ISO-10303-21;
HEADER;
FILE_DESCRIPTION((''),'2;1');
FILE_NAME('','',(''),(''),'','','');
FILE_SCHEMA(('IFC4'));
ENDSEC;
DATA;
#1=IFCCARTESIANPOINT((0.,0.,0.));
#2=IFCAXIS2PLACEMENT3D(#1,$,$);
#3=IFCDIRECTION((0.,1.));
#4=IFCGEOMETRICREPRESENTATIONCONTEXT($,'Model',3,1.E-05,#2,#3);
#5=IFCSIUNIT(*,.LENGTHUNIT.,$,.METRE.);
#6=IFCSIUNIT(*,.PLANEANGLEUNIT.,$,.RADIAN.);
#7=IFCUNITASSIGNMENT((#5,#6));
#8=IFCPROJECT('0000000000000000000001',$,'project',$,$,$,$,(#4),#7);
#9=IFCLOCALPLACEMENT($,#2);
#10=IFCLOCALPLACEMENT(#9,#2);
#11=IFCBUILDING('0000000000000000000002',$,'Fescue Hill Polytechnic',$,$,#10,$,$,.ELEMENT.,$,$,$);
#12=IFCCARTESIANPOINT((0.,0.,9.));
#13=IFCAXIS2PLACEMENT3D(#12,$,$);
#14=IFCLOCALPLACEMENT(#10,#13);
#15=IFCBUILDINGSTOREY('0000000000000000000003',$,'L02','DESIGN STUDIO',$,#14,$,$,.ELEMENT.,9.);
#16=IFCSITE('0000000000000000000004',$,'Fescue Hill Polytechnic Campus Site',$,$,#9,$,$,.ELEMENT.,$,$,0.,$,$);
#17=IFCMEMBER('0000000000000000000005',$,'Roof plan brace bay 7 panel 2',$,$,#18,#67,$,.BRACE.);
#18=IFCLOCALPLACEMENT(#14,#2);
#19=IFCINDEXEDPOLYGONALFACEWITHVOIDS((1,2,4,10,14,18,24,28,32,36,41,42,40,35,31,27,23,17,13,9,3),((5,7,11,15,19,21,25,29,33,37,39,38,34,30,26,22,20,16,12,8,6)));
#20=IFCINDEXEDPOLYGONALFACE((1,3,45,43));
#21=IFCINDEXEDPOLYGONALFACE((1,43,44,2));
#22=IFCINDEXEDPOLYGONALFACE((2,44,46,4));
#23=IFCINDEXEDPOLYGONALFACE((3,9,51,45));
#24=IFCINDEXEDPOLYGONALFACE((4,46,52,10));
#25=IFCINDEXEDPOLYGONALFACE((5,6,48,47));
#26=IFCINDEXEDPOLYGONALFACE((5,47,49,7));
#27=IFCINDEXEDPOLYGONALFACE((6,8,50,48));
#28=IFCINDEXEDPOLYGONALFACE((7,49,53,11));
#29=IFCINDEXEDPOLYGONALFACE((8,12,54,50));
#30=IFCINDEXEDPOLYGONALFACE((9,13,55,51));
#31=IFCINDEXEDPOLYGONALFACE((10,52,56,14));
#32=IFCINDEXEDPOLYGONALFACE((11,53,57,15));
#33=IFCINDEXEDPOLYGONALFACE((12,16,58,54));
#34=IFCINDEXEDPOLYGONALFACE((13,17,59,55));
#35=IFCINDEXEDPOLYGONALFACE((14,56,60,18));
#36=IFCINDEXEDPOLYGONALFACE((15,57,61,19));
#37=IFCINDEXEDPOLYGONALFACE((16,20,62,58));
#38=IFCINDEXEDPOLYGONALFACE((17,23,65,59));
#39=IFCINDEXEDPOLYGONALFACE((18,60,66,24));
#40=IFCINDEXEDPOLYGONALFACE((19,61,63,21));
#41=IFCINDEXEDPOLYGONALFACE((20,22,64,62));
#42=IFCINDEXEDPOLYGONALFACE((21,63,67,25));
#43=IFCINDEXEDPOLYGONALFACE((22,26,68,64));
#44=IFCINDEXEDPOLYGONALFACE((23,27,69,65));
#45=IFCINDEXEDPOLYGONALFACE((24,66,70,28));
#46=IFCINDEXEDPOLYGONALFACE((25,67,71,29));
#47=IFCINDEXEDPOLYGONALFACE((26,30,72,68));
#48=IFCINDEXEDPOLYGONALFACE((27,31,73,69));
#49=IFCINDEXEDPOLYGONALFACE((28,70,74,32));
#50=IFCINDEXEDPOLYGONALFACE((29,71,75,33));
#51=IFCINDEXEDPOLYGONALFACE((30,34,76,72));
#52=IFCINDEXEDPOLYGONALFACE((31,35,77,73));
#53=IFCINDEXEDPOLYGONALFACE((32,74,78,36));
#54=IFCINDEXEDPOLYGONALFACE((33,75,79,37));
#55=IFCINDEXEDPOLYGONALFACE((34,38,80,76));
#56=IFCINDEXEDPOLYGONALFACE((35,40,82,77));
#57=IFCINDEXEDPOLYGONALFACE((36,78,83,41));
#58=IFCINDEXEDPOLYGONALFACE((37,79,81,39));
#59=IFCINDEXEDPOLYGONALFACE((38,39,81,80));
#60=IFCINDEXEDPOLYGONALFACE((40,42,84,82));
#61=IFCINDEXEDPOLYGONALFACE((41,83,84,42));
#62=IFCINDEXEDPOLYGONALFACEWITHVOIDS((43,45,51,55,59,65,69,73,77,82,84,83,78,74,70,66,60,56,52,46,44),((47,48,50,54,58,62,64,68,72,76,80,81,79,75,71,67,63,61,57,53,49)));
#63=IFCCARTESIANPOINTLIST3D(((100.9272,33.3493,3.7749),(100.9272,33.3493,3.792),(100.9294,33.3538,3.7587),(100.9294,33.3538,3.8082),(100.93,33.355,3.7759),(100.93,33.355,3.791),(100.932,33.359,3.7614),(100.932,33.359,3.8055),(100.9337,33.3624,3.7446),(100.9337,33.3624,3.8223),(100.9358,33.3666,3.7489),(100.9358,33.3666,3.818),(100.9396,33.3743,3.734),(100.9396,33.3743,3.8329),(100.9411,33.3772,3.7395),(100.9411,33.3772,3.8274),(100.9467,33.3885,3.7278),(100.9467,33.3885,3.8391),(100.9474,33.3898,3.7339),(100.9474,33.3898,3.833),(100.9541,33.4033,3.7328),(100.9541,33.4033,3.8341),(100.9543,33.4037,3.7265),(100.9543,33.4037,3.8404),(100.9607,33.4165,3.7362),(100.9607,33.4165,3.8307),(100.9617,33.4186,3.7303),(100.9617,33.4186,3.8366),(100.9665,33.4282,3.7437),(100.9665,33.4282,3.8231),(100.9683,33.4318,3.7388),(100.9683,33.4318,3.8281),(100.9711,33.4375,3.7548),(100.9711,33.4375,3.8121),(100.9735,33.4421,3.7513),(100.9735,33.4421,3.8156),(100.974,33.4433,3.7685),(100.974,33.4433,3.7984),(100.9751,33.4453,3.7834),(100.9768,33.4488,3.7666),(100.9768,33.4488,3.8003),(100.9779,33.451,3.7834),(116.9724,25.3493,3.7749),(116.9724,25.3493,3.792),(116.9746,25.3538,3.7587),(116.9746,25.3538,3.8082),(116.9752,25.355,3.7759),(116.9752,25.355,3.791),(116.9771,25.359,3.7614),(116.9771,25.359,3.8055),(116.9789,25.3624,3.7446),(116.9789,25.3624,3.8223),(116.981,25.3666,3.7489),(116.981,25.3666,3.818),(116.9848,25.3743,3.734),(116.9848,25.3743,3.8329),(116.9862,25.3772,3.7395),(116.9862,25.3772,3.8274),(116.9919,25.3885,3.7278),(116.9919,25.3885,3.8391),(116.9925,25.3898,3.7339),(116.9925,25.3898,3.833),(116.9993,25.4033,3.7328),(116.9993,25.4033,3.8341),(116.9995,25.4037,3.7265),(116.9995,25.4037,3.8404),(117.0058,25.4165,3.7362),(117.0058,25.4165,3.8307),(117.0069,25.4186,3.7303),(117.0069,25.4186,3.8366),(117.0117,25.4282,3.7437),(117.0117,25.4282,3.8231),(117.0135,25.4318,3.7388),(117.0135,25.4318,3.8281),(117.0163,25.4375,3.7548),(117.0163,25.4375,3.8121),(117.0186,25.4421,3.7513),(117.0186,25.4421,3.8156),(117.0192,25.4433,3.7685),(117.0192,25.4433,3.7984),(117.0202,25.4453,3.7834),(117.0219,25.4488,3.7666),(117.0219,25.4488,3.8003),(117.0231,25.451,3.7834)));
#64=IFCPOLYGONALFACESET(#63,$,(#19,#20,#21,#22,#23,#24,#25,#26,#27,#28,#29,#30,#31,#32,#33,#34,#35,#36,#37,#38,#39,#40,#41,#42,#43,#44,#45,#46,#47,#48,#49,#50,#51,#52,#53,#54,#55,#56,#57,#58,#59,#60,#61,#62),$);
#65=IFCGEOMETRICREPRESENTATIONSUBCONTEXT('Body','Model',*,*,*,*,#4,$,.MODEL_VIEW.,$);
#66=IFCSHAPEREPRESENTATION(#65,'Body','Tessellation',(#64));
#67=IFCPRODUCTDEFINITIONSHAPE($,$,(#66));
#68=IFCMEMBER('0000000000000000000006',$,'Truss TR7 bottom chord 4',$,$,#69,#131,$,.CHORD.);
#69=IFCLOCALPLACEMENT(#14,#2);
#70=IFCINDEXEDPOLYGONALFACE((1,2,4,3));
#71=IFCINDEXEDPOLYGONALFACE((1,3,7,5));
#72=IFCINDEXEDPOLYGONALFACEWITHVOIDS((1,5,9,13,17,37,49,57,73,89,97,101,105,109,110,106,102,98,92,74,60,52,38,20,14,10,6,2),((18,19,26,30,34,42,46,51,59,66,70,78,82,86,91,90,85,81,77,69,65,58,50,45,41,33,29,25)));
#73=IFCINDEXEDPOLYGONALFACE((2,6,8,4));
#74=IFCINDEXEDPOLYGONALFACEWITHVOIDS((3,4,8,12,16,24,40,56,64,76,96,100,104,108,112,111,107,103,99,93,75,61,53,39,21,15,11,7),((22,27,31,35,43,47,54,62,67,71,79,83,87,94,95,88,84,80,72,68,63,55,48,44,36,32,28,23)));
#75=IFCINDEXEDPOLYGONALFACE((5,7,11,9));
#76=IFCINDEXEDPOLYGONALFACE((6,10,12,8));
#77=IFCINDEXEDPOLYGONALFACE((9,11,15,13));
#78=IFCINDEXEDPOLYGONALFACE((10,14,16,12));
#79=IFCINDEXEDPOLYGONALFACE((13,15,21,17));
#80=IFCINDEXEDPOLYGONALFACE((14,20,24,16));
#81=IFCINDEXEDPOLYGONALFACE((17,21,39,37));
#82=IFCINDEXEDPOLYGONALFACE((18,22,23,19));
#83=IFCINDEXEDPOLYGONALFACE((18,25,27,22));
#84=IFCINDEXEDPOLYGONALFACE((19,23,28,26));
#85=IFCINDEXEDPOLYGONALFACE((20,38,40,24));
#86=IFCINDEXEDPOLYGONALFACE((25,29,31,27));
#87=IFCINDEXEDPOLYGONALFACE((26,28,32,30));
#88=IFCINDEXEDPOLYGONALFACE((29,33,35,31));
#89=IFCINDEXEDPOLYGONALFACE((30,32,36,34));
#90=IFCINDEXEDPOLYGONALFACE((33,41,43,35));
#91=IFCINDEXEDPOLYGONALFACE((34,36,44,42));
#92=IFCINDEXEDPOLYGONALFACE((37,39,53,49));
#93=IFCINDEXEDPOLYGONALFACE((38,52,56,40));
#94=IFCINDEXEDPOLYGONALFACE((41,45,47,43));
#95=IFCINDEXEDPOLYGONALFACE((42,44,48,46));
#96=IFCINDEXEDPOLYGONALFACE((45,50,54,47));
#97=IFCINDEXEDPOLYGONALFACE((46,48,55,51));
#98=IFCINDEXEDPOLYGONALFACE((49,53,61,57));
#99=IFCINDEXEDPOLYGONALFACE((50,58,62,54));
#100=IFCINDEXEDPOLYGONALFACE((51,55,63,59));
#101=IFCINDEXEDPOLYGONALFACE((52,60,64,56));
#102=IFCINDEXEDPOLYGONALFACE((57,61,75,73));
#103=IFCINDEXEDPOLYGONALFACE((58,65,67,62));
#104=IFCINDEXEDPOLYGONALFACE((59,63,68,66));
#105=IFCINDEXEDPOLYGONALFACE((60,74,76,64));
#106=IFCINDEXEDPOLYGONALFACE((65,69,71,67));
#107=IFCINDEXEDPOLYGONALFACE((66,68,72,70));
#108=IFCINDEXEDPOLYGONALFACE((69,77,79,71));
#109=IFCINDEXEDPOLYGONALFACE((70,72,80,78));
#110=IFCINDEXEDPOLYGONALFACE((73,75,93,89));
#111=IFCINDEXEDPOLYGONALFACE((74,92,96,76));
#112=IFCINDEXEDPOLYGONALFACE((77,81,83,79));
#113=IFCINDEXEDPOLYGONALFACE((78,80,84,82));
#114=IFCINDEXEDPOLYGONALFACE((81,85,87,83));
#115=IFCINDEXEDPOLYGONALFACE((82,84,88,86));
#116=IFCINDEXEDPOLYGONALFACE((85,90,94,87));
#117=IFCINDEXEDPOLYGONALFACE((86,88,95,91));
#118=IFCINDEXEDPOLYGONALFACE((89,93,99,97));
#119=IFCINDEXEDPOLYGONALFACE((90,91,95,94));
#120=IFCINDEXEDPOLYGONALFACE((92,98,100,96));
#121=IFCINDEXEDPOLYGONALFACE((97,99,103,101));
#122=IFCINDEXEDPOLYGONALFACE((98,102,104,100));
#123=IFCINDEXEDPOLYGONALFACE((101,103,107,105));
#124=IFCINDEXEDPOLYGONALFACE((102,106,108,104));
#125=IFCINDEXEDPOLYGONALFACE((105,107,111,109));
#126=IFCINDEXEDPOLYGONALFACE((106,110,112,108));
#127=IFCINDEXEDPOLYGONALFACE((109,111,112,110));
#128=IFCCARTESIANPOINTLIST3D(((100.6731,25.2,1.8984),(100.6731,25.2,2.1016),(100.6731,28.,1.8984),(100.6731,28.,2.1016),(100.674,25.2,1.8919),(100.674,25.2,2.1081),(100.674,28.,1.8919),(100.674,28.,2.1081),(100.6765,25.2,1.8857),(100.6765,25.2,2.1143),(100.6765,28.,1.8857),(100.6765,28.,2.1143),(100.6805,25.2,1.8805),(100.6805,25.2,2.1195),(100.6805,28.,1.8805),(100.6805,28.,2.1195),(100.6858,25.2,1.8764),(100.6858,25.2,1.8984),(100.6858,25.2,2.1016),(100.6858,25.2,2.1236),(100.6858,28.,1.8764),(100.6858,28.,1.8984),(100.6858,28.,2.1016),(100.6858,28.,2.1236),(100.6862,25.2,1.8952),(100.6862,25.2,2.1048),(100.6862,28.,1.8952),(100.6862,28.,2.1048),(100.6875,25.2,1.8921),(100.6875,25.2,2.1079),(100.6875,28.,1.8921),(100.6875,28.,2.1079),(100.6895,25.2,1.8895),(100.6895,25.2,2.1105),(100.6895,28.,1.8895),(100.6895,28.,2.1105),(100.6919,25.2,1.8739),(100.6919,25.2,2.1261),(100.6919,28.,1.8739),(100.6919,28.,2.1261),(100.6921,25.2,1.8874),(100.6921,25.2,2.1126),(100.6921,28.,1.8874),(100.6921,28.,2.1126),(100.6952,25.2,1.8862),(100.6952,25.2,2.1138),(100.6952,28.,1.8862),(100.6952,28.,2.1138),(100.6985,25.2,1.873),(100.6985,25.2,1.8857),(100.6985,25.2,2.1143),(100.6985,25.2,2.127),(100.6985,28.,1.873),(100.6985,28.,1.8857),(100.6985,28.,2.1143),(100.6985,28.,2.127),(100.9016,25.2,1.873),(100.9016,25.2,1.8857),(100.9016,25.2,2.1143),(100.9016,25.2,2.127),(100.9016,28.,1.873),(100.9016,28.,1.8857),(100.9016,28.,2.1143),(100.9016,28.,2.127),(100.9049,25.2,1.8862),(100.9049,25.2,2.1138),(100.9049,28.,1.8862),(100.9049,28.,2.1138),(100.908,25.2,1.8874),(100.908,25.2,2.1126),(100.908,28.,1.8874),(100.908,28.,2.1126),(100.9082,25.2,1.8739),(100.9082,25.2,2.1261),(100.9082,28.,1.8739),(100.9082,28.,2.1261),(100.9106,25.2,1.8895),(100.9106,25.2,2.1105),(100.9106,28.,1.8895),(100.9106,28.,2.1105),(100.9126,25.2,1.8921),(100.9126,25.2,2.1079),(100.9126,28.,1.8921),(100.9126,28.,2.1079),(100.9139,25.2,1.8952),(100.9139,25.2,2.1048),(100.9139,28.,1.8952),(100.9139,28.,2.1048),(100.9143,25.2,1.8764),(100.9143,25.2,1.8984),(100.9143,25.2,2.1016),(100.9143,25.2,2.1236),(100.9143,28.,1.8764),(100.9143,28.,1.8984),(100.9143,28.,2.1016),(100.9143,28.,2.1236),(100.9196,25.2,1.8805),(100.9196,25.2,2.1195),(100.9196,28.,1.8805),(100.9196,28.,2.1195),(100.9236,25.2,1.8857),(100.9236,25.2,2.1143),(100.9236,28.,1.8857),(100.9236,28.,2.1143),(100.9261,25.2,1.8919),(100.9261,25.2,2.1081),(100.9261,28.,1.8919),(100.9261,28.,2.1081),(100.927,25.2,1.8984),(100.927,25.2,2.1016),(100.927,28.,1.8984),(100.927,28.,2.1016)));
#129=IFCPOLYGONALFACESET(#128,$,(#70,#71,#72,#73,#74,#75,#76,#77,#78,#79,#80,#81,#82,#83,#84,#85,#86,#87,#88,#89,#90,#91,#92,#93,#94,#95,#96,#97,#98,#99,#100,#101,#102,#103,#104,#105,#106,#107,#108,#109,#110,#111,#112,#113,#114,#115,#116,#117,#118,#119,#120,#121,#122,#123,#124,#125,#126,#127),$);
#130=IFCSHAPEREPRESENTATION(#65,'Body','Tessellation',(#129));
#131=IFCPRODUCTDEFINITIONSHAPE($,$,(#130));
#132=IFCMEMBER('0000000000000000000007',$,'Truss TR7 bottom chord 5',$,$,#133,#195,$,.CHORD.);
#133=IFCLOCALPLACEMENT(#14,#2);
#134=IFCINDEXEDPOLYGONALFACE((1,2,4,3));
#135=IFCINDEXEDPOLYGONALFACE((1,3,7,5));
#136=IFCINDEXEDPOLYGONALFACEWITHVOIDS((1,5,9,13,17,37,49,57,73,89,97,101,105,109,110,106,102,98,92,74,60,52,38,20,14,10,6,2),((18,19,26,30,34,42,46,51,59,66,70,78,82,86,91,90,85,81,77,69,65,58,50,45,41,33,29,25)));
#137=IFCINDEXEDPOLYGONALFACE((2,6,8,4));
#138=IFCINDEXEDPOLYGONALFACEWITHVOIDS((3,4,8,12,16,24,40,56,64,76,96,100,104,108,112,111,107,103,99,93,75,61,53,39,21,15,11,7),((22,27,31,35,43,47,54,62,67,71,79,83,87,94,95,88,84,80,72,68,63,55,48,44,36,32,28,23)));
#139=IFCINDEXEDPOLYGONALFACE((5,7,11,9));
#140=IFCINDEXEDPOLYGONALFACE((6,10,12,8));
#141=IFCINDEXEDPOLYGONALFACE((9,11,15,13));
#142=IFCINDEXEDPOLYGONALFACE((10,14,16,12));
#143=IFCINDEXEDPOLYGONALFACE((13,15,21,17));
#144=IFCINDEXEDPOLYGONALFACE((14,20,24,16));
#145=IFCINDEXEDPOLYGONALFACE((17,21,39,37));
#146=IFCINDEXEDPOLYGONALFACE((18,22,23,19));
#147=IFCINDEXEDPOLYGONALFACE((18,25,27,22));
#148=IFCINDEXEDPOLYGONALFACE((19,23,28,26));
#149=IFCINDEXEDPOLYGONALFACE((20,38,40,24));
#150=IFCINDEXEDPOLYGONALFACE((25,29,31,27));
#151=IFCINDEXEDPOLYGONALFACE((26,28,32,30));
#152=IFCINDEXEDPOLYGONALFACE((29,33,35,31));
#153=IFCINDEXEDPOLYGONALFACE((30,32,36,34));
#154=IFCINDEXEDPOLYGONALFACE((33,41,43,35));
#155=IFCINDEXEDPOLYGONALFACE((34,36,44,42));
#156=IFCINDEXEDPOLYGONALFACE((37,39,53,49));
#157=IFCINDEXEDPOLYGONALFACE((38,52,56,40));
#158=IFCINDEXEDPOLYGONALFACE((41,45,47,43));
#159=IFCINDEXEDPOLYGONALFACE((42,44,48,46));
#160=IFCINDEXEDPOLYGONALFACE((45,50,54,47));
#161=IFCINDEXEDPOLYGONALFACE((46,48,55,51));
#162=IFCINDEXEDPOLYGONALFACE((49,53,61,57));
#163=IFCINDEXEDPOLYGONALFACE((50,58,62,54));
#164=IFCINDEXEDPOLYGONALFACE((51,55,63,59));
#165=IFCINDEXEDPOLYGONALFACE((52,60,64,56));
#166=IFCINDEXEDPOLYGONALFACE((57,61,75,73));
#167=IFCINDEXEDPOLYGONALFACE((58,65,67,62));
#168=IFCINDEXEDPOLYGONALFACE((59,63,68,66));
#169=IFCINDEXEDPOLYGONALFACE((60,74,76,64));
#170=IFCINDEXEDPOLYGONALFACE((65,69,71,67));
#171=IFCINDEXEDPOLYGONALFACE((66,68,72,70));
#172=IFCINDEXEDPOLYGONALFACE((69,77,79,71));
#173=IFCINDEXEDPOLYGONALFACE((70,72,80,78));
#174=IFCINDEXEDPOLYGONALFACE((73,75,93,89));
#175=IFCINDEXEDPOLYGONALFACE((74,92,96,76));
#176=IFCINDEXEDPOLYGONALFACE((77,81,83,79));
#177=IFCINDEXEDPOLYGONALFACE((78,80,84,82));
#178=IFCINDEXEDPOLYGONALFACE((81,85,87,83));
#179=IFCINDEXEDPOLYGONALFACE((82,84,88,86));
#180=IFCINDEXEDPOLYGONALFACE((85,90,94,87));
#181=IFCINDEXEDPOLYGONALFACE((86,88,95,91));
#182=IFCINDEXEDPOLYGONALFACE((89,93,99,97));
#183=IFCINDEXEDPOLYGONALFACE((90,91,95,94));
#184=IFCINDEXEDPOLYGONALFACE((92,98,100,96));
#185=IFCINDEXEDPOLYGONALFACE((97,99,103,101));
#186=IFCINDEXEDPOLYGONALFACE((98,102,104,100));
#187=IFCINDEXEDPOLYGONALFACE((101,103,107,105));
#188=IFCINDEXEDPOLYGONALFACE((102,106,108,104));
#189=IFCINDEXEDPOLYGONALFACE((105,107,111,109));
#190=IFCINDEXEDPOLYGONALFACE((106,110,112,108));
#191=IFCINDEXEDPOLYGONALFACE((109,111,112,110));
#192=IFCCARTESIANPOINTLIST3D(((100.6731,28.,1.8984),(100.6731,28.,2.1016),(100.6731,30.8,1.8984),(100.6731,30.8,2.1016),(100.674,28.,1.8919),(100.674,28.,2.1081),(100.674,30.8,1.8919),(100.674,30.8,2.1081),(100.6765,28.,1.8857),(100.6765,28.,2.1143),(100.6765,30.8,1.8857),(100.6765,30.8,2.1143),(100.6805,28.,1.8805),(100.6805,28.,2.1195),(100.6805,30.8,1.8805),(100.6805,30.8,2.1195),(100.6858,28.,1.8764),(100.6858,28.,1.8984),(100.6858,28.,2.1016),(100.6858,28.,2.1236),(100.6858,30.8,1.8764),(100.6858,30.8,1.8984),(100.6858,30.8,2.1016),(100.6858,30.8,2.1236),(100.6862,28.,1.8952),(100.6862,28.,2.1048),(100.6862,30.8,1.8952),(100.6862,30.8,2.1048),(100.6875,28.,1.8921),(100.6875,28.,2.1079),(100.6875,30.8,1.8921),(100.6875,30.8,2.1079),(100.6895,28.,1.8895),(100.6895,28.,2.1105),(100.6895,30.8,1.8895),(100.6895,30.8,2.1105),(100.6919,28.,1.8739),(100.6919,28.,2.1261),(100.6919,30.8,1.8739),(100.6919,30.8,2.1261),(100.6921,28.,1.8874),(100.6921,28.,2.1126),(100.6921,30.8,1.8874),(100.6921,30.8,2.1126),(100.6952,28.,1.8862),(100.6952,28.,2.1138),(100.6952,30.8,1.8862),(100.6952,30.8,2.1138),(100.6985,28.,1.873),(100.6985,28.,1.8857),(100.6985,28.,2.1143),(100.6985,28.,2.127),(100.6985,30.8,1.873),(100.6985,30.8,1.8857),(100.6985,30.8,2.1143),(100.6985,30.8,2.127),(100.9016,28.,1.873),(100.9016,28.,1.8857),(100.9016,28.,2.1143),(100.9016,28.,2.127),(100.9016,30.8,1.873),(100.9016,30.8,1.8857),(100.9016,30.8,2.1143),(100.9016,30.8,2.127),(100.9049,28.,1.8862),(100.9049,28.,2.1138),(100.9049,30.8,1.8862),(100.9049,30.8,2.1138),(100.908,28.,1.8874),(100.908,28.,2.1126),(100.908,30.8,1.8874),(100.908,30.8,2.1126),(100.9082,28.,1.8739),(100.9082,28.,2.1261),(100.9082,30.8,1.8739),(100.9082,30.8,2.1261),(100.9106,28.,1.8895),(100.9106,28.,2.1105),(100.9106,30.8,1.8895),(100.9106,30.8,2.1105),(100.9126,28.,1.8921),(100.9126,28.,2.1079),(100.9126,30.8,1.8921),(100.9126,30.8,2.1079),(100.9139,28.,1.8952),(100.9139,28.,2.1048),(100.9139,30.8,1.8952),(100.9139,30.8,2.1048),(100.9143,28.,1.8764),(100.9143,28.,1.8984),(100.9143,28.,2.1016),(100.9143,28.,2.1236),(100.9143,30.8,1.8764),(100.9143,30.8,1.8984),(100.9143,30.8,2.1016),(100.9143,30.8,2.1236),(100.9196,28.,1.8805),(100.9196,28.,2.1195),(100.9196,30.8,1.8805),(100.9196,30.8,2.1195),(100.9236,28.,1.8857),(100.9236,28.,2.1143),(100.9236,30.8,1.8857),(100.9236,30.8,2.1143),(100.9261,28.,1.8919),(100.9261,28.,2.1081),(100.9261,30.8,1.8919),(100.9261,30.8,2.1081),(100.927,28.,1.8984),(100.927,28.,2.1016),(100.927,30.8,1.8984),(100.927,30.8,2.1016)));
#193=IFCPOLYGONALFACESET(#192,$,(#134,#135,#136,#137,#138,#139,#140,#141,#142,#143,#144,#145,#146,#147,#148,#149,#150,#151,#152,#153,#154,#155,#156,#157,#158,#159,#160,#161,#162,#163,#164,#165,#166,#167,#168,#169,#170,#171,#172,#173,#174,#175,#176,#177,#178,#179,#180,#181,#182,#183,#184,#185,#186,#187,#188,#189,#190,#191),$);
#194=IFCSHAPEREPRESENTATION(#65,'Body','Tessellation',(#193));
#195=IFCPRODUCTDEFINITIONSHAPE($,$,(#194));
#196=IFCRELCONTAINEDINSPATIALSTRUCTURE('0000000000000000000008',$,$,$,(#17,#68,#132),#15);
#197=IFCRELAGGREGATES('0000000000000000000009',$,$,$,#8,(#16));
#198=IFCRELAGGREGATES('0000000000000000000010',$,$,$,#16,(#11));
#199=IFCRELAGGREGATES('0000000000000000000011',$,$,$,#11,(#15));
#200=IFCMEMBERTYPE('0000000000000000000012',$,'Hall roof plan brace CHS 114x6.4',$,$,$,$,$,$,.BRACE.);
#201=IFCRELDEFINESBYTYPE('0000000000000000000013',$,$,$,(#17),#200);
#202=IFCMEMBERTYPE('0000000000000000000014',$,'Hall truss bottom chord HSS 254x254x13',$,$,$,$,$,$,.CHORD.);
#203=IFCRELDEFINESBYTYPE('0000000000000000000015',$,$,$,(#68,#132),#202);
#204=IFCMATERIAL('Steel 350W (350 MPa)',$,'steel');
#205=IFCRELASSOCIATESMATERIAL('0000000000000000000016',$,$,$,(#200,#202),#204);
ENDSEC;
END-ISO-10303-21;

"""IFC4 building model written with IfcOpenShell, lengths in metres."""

from ifc_helpers import new_model, si_unit, direction, frame, origin, origin_2d, place, context, subcontext, project, spatial, hollow_rectangle, hollow_circle, extrude, material, material_profile, profile_set, type_object, element, save


model = new_model("IFC4")

# Units and contexts
model_context = context("Model", 3, precision=1e-05, world=origin(), true_north=direction((0.0, 1.0)))
body_context = subcontext(model_context, "Body", "Model", "MODEL_VIEW")
ifc_project = project(units=[si_unit("LENGTHUNIT", "METRE"), si_unit("PLANEANGLEUNIT", "RADIAN")], contexts=[model_context])

# Site, building, storey
site_placement = place(None, origin())
site = spatial("IfcSite", under=ifc_project, at=site_placement, Name="Fescue Hill Polytechnic Campus Site", CompositionType="ELEMENT", RefElevation=0.0)
building_placement = place(site_placement, origin())
building = spatial("IfcBuilding", under=site, at=building_placement, Name="Fescue Hill Polytechnic", CompositionType="ELEMENT")
storey_placement = place(building_placement, frame((0.0, 0.0, 9.0)))
storey = spatial("IfcBuildingStorey", under=building, at=storey_placement, Name="L02", Description="DESIGN STUDIO", CompositionType="ELEMENT", Elevation=9.0)

# Members
ifc_material = material(Name="Steel 350W (350 MPa)", Category="steel")
ifc_material_profile_1 = material_profile(ifc_material, hollow_circle(Radius=0.0571, WallThickness=0.0063, at=origin_2d()), Name="Hall roof plan brace CHS 114x6.4")
ifc_profile_set_1 = profile_set([ifc_material_profile_1], Name="Steel 350W (350 MPa)")
member_type_1 = type_object("IfcMemberType", Name="Hall roof plan brace CHS 114x6.4", PredefinedType="BRACE", material=ifc_profile_set_1)
member_1_placement = place(storey_placement, frame((100.9524, 33.3999, 3.7834), z_axis=(0.89493, -0.446206, 0.0), x_axis=(0.446206, 0.89493, 0.0)))
element("IfcMember", 1, at=member_1_placement, inside=storey, type_object=member_type_1, Name="Roof plan brace bay 7 panel 2", PredefinedType="BRACE", context=body_context, shape_type="SweptSolid", body=[
    extrude(hollow_circle(Radius=0.0571, WallThickness=0.0063, at=origin_2d()), origin(), (0.0, 0.0, 1.0), 17.929),
])
ifc_material_profile_2 = material_profile(ifc_material, hollow_rectangle(XDim=0.2539, YDim=0.2539, WallThickness=0.0127, InnerFilletRadius=0.0127, OuterFilletRadius=0.0254, at=origin_2d()), Name="Hall truss bottom chord HSS 254x254x13")
ifc_profile_set_2 = profile_set([ifc_material_profile_2], Name="Steel 350W (350 MPa)")
member_type_2 = type_object("IfcMemberType", Name="Hall truss bottom chord HSS 254x254x13", PredefinedType="CHORD", material=ifc_profile_set_2)
for number, where, z_axis, x_axis, name in (
    (2, (100.8, 25.2, 2.0), (0.0, 1.0, 0.0), (-1.0, 0.0, 0.0), "Truss TR7 bottom chord 4"),
    (3, (100.8, 28.0, 2.0), (0.0, 1.0, 0.0), (-1.0, 0.0, 0.0), "Truss TR7 bottom chord 5"),
):
    element("IfcMember", number, at=place(storey_placement, frame(where, z_axis=z_axis, x_axis=x_axis)), inside=storey, type_object=member_type_2, Name=name, PredefinedType="CHORD", context=body_context, shape_type="SweptSolid", body=[
        extrude(hollow_rectangle(XDim=0.2539, YDim=0.2539, WallThickness=0.0127, InnerFilletRadius=0.0127, OuterFilletRadius=0.0254, at=origin_2d()), origin(), (0.0, 0.0, 1.0), 2.8),
    ])

save(model, "model.ifc")
